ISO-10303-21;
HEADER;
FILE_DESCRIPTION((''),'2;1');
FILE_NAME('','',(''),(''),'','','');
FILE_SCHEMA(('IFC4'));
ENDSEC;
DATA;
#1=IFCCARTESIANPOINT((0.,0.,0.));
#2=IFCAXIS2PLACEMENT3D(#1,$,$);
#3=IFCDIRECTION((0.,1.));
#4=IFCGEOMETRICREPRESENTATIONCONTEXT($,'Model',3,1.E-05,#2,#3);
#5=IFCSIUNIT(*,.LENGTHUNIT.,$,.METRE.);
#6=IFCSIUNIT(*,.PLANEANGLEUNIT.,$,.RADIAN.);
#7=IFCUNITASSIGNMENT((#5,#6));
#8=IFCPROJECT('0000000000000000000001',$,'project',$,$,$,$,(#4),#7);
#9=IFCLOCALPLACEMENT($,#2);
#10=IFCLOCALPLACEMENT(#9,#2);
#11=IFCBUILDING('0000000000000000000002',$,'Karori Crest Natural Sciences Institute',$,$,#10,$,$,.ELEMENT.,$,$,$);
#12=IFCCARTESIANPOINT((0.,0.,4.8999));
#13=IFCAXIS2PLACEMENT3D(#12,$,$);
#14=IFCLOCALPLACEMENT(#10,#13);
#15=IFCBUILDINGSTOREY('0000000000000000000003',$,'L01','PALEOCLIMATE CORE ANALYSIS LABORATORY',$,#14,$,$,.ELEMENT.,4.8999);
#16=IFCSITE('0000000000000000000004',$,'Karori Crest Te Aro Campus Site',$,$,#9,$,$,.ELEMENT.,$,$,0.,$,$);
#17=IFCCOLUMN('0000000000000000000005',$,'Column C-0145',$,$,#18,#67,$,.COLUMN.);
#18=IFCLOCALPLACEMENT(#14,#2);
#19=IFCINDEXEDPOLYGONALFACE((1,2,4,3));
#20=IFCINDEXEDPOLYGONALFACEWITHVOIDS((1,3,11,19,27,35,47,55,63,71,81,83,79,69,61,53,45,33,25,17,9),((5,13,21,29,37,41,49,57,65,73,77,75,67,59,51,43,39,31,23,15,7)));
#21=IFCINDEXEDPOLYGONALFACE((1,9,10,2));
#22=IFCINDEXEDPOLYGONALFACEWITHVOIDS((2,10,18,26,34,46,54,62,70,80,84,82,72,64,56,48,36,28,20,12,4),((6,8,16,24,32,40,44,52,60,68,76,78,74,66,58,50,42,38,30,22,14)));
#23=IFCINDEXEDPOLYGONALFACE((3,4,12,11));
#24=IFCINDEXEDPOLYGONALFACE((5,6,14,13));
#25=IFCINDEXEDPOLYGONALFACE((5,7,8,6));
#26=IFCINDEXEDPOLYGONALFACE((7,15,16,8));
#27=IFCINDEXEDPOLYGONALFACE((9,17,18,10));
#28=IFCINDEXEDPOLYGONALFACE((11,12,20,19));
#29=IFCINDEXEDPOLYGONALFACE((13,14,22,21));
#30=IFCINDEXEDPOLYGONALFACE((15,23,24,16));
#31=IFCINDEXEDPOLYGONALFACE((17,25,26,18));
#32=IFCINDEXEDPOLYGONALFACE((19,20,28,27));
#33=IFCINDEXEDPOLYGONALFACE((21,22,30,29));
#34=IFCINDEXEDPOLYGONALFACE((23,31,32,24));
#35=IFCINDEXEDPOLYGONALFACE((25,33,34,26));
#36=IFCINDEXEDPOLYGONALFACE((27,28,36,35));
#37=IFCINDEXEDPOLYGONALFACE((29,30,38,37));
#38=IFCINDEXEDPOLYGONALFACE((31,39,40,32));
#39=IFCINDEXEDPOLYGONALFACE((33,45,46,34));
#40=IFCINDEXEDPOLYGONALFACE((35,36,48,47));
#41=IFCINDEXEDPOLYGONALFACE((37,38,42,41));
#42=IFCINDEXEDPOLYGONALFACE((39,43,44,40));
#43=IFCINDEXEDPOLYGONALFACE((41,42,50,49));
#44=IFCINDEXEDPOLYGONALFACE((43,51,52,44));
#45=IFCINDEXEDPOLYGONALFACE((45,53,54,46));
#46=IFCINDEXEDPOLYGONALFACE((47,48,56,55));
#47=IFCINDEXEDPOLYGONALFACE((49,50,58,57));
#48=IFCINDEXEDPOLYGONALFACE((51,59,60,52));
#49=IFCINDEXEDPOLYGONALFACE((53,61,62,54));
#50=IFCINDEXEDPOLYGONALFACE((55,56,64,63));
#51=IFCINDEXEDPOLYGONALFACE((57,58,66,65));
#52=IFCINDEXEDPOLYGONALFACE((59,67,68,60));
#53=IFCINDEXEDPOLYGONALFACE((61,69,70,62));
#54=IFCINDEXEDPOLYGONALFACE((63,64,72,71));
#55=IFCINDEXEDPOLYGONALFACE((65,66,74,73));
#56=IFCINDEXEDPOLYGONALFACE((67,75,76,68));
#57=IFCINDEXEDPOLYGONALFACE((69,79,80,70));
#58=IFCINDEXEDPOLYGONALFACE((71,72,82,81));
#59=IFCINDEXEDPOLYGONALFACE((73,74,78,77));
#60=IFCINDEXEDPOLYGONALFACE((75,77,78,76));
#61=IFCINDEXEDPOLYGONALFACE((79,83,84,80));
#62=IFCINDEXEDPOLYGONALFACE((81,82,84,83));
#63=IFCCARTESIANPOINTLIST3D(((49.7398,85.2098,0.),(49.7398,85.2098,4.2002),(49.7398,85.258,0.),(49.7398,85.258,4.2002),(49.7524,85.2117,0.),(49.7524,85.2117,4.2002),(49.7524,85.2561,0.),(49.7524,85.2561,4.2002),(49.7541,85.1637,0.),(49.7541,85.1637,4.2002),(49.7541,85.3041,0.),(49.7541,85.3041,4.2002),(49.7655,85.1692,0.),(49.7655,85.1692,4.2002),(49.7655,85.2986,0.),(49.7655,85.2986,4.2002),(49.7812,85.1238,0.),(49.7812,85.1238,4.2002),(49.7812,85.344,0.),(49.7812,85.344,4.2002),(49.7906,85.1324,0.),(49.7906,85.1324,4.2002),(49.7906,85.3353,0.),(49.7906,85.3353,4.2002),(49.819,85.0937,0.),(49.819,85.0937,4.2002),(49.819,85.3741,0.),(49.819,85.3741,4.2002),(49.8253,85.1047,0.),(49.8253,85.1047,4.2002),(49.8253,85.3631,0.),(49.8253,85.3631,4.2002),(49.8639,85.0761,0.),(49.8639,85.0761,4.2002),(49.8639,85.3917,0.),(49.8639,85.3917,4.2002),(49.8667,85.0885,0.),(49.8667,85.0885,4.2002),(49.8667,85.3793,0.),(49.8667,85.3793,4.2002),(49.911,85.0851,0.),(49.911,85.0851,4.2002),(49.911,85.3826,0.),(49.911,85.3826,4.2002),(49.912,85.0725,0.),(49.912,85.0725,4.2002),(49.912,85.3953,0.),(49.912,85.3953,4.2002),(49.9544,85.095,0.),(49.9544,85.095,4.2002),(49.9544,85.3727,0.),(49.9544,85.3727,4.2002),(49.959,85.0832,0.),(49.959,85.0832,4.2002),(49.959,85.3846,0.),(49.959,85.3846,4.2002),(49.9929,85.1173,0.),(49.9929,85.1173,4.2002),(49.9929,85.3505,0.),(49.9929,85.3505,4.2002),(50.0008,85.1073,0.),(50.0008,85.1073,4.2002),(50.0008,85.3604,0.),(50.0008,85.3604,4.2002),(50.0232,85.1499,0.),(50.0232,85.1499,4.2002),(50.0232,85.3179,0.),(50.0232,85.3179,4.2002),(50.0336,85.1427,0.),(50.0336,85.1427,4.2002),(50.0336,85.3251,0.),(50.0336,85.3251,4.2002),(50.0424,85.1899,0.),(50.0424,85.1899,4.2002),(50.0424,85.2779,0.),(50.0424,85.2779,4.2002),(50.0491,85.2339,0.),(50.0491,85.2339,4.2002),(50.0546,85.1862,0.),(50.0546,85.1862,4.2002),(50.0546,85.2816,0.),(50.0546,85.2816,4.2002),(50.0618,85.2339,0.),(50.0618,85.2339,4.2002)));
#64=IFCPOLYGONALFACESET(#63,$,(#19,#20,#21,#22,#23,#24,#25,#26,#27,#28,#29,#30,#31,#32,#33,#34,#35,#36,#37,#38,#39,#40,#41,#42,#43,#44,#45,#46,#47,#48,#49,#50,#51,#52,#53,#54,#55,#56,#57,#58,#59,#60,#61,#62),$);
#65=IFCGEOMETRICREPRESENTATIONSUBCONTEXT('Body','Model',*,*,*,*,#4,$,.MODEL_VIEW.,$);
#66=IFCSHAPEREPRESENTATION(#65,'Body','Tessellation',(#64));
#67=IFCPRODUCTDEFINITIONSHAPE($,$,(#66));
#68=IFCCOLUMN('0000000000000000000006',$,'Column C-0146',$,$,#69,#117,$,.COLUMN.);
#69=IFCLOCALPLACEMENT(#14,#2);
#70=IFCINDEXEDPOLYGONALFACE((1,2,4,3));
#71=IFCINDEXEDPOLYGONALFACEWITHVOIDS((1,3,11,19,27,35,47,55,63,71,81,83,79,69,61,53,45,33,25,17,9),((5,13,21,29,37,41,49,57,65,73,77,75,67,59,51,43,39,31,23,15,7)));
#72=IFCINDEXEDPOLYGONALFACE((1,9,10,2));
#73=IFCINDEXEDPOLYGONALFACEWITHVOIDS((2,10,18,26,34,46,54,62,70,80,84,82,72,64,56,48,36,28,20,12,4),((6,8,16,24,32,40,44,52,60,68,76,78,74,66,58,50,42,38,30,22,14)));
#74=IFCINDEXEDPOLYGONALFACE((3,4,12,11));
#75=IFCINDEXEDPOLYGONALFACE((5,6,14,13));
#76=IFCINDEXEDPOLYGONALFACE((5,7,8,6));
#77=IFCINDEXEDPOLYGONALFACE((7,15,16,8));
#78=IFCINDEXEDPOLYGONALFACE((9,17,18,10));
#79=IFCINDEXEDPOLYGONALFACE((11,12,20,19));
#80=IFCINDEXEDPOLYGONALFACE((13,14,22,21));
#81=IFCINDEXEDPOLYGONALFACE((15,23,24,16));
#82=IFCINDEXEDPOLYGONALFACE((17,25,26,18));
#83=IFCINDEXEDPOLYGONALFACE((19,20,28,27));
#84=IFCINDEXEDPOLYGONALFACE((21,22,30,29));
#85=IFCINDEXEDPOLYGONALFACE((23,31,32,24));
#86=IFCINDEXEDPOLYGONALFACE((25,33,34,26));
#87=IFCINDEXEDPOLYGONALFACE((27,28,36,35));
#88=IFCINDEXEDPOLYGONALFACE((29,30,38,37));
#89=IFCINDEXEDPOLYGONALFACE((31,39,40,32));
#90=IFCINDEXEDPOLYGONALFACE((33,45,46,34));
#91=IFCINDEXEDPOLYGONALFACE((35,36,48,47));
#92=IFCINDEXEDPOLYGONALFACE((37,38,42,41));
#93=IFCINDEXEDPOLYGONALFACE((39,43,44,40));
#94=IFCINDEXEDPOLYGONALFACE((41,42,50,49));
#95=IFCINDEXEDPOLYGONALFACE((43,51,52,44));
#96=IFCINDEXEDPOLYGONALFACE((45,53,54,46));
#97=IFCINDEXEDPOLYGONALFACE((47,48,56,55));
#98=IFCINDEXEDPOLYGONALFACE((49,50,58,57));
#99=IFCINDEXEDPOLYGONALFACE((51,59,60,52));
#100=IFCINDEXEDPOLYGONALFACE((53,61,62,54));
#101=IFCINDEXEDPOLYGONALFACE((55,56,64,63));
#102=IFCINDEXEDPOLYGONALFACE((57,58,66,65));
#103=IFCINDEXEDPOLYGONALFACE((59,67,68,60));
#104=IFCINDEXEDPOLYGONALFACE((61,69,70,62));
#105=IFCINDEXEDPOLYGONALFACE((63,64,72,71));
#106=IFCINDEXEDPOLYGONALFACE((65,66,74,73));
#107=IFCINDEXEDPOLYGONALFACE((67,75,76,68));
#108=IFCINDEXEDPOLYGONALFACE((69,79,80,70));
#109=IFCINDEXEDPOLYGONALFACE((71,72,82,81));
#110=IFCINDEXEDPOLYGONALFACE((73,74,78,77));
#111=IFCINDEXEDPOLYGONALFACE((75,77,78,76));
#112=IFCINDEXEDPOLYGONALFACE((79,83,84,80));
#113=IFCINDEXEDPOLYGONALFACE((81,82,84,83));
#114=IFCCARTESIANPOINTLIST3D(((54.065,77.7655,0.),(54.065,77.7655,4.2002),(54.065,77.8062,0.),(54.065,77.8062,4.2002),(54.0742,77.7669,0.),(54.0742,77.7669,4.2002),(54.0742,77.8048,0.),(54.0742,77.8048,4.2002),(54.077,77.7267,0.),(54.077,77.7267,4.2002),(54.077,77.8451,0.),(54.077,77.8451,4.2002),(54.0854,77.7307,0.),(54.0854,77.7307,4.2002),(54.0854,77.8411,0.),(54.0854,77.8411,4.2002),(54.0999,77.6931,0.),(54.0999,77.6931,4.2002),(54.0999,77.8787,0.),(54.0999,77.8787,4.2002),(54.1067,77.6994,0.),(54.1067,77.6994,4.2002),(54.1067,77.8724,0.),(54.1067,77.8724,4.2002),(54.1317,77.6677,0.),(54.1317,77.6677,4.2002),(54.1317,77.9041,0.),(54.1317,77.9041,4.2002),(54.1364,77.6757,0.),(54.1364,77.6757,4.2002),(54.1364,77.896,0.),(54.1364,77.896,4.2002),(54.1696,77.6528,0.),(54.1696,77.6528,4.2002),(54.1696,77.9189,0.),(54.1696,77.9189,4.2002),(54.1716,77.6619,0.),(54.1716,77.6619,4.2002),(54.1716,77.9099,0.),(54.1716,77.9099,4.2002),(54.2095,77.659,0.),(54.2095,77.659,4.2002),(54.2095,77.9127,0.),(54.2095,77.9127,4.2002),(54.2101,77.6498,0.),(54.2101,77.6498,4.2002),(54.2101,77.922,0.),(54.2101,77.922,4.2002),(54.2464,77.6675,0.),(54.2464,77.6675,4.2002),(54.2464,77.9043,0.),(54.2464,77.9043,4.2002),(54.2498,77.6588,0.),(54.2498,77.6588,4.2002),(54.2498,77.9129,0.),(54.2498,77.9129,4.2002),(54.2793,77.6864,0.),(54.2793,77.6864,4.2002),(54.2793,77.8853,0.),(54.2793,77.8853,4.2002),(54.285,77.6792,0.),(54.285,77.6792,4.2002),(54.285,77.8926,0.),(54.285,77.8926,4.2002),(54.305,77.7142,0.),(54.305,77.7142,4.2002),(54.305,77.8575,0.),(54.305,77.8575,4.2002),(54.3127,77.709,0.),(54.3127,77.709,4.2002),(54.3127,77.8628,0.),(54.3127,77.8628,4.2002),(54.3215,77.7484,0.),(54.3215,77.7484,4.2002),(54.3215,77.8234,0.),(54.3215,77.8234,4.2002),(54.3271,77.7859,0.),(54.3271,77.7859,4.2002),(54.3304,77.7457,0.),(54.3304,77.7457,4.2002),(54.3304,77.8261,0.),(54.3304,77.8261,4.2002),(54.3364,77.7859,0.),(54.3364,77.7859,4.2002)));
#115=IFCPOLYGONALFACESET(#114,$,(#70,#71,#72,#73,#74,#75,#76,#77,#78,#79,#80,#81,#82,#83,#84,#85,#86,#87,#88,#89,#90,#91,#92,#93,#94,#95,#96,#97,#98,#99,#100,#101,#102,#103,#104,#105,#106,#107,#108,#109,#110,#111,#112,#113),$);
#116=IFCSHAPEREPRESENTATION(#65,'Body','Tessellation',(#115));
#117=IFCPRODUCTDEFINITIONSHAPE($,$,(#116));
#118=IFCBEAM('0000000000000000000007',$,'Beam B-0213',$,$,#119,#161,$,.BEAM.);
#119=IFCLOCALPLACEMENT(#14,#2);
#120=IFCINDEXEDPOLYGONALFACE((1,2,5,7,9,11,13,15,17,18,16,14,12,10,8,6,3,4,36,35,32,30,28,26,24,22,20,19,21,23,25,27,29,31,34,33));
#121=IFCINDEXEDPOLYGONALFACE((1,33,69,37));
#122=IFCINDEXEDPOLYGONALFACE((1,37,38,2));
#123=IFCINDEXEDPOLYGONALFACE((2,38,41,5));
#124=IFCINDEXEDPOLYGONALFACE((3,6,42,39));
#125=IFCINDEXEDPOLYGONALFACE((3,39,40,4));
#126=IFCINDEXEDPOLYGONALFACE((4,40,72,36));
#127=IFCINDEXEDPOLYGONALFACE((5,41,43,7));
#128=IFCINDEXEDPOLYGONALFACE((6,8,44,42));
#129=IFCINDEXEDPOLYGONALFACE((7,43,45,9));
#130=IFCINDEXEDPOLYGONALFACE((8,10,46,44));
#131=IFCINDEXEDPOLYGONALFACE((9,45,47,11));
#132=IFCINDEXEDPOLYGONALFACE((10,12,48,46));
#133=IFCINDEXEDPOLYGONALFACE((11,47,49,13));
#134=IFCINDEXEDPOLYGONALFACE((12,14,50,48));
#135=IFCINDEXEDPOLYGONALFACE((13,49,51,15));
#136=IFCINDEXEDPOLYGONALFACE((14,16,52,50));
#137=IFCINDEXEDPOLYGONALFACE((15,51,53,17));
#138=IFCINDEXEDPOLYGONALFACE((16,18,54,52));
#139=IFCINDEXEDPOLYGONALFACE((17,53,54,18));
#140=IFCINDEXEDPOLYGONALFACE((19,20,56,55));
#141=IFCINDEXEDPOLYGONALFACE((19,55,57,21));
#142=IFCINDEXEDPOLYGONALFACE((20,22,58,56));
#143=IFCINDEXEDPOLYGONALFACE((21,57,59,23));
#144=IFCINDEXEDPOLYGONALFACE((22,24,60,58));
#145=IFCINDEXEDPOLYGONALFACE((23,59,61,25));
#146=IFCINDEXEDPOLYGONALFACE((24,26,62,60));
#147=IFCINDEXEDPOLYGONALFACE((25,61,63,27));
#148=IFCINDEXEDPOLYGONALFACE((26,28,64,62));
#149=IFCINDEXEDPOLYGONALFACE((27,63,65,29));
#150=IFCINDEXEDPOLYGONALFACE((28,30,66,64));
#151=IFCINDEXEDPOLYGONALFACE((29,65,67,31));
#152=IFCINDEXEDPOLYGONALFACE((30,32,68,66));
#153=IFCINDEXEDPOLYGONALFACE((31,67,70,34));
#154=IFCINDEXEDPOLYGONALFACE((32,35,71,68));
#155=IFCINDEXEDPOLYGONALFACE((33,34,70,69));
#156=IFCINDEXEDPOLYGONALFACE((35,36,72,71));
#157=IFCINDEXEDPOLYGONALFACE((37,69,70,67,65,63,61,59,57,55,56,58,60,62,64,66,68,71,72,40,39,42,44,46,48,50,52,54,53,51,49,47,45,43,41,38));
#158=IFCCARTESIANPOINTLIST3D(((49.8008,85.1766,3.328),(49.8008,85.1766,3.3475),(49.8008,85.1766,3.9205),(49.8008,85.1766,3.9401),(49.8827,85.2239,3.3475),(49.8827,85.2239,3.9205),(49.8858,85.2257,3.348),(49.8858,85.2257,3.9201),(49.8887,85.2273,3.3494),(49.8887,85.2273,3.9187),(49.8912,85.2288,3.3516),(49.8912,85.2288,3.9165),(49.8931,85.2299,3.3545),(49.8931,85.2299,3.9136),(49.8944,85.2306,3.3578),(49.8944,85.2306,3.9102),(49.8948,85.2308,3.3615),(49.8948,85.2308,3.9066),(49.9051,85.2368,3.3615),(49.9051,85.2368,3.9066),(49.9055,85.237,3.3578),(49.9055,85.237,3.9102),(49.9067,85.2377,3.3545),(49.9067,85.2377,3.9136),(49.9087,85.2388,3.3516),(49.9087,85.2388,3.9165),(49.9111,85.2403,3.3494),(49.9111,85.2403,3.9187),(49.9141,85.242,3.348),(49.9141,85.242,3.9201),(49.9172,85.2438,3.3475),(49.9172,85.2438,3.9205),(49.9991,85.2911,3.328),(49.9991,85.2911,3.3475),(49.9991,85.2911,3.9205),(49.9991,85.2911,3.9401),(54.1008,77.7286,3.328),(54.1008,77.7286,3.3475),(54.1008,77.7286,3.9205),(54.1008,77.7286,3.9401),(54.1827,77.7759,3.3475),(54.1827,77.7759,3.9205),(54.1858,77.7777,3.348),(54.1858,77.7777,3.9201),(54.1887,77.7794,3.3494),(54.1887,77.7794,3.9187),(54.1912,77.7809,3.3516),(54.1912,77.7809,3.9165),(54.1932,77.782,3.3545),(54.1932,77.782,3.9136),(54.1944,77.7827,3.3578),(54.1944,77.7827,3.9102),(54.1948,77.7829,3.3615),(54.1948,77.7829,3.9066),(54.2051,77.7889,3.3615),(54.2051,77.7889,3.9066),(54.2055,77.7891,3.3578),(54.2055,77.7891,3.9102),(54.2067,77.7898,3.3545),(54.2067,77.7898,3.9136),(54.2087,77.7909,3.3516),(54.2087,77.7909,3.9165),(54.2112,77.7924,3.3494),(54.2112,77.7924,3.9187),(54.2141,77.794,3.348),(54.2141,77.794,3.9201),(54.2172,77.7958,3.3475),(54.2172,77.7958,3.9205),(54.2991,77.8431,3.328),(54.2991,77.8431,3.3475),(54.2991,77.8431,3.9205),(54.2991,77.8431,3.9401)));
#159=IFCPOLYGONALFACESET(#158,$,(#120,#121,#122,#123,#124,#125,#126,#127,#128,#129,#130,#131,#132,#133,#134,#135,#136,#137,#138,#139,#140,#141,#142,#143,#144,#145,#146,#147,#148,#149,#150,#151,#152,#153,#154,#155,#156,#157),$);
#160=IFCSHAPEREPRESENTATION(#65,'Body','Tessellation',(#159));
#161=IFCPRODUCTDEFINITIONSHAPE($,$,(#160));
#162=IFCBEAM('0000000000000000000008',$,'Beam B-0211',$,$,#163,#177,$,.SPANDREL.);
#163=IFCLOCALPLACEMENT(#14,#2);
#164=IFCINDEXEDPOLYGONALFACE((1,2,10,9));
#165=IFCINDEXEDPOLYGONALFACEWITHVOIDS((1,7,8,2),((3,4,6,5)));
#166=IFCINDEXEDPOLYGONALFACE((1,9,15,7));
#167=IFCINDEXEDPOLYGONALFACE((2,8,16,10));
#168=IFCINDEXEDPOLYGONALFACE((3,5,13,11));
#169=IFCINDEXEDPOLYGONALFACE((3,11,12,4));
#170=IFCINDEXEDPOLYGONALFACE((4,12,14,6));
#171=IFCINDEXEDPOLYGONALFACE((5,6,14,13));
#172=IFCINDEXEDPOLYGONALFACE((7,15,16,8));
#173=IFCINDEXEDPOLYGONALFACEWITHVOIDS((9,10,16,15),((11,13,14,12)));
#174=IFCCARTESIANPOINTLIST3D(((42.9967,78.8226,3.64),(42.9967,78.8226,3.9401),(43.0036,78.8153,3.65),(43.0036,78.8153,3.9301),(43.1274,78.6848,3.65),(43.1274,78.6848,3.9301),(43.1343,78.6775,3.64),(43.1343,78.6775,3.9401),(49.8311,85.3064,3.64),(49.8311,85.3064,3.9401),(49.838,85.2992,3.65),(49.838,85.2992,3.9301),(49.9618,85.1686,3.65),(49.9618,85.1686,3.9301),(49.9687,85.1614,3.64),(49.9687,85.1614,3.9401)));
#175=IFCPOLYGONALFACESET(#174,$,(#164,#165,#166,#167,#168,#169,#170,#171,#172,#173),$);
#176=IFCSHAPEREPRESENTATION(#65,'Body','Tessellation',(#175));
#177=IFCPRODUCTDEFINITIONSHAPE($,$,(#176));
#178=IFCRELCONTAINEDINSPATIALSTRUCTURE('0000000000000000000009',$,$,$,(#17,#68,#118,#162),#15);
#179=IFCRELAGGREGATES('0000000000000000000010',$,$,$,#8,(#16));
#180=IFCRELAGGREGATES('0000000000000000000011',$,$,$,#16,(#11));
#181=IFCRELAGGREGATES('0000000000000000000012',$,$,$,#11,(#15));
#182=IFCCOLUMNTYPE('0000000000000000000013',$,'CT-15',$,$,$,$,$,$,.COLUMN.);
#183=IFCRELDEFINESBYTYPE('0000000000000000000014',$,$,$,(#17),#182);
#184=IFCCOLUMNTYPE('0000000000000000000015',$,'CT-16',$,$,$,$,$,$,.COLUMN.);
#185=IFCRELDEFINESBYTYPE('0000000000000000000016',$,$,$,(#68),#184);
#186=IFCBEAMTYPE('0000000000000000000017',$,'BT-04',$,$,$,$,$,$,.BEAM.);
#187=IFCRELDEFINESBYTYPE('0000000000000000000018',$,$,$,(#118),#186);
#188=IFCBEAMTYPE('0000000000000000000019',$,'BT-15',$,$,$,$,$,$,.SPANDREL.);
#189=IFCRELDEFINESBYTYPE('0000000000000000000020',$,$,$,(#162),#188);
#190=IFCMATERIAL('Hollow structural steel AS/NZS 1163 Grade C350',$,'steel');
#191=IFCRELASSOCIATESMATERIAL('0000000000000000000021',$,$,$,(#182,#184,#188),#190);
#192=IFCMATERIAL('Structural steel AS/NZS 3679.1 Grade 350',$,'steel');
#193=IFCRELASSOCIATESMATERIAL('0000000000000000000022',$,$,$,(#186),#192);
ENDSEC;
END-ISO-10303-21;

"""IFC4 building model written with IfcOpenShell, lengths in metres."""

from ifc_helpers import new_model, si_unit, direction, frame, origin, origin_2d, place, context, subcontext, project, spatial, hollow_rectangle, hollow_circle, i_section, extrude, material, material_profile, profile_set, type_object, element, save


model = new_model("IFC4")

# Units and contexts
model_context = context("Model", 3, precision=1e-05, world=origin(), true_north=direction((0.0, 1.0)))
body_context = subcontext(model_context, "Body", "Model", "MODEL_VIEW")
ifc_project = project(units=[si_unit("LENGTHUNIT", "METRE"), si_unit("PLANEANGLEUNIT", "RADIAN")], contexts=[model_context])

# Site, building, storey
site_placement = place(None, origin())
site = spatial("IfcSite", under=ifc_project, at=site_placement, Name="Karori Crest Te Aro Campus Site", CompositionType="ELEMENT", RefElevation=0.0)
building_placement = place(site_placement, origin())
building = spatial("IfcBuilding", under=site, at=building_placement, Name="Karori Crest Natural Sciences Institute", CompositionType="ELEMENT")
storey_placement = place(building_placement, frame((0.0, 0.0, 4.8999)))
storey = spatial("IfcBuildingStorey", under=building, at=storey_placement, Name="L01", Description="PALEOCLIMATE CORE ANALYSIS LABORATORY", CompositionType="ELEMENT", Elevation=4.8999)

# Columns
ifc_material_1 = material(Name="Hollow structural steel AS/NZS 1163 Grade C350", Category="steel")
ifc_material_profile_1 = material_profile(ifc_material_1, hollow_circle(Radius=0.1619, WallThickness=0.0127, at=origin_2d()), Name="CHS323.9x12.7")
ifc_profile_set_1 = profile_set([ifc_material_profile_1], Name="Hollow structural steel AS/NZS 1163 Grade C350")
column_type_1 = type_object("IfcColumnType", Name="CT-15", PredefinedType="COLUMN", material=ifc_profile_set_1)
column_1_placement = place(storey_placement, frame((49.8999, 85.2339, 0.0), z_axis=(0.0, 0.0, 1.0), x_axis=(1.0, 0.0, 0.0)))
element("IfcColumn", 1, at=column_1_placement, inside=storey, type_object=column_type_1, Name="Column C-0145", PredefinedType="COLUMN", context=body_context, shape_type="SweptSolid", body=[
    extrude(hollow_circle(Radius=0.1619, WallThickness=0.0127, at=origin_2d()), origin(), (0.0, 0.0, 1.0), 4.2002),
])
ifc_material_profile_2 = material_profile(ifc_material_1, hollow_circle(Radius=0.1365, WallThickness=0.0093, at=origin_2d()), Name="CHS273.0x9.3")
ifc_profile_set_2 = profile_set([ifc_material_profile_2], Name="Hollow structural steel AS/NZS 1163 Grade C350")
column_type_2 = type_object("IfcColumnType", Name="CT-16", PredefinedType="COLUMN", material=ifc_profile_set_2)
column_2_placement = place(storey_placement, frame((54.2, 77.7859, 0.0), z_axis=(0.0, 0.0, 1.0), x_axis=(1.0, 0.0, 0.0)))
element("IfcColumn", 2, at=column_2_placement, inside=storey, type_object=column_type_2, Name="Column C-0146", PredefinedType="COLUMN", context=body_context, shape_type="SweptSolid", body=[
    extrude(hollow_circle(Radius=0.1365, WallThickness=0.0093, at=origin_2d()), origin(), (0.0, 0.0, 1.0), 4.2002),
])

# Beams
ifc_material_2 = material(Name="Structural steel AS/NZS 3679.1 Grade 350", Category="steel")
ifc_material_profile_3 = material_profile(ifc_material_2, i_section(OverallWidth=0.229, OverallDepth=0.6121, WebThickness=0.012, FlangeThickness=0.0195, FilletRadius=0.0139, at=origin_2d()), Name="610UB125")
ifc_profile_set_3 = profile_set([ifc_material_profile_3], Name="Structural steel AS/NZS 3679.1 Grade 350")
beam_type_1 = type_object("IfcBeamType", Name="BT-04", PredefinedType="BEAM", material=ifc_profile_set_3)
beam_1_placement = place(storey_placement, frame((54.2, 77.7859, 3.634), z_axis=(-0.499995, 0.866028, 0.0), x_axis=(-0.866028, -0.499995, 0.0)))
element("IfcBeam", 3, at=beam_1_placement, inside=storey, type_object=beam_type_1, Name="Beam B-0213", PredefinedType="BEAM", context=body_context, shape_type="SweptSolid", body=[
    extrude(i_section(OverallWidth=0.229, OverallDepth=0.6121, WebThickness=0.012, FlangeThickness=0.0195, FilletRadius=0.0139, at=origin_2d()), origin(), (0.0, 0.0, 1.0), 8.6001),
])
ifc_material_profile_4 = material_profile(ifc_material_1, hollow_rectangle(XDim=0.2, YDim=0.3, WallThickness=0.01, at=origin_2d()), Name="RHS300x200x10")
ifc_profile_set_4 = profile_set([ifc_material_profile_4], Name="Hollow structural steel AS/NZS 1163 Grade C350")
beam_type_2 = type_object("IfcBeamType", Name="BT-15", PredefinedType="SPANDREL", material=ifc_profile_set_4)
beam_2_placement = place(storey_placement, frame((49.8999, 85.2339, 3.79), z_axis=(-0.725469, -0.688255, 0.0), x_axis=(0.688255, -0.725469, 0.0)))
element("IfcBeam", 4, at=beam_2_placement, inside=storey, type_object=beam_type_2, Name="Beam B-0211", PredefinedType="SPANDREL", context=body_context, shape_type="SweptSolid", body=[
    extrude(hollow_rectangle(XDim=0.2, YDim=0.3, WallThickness=0.01, at=origin_2d()), origin(), (0.0, 0.0, 1.0), 9.4207),
])

save(model, "model.ifc")
